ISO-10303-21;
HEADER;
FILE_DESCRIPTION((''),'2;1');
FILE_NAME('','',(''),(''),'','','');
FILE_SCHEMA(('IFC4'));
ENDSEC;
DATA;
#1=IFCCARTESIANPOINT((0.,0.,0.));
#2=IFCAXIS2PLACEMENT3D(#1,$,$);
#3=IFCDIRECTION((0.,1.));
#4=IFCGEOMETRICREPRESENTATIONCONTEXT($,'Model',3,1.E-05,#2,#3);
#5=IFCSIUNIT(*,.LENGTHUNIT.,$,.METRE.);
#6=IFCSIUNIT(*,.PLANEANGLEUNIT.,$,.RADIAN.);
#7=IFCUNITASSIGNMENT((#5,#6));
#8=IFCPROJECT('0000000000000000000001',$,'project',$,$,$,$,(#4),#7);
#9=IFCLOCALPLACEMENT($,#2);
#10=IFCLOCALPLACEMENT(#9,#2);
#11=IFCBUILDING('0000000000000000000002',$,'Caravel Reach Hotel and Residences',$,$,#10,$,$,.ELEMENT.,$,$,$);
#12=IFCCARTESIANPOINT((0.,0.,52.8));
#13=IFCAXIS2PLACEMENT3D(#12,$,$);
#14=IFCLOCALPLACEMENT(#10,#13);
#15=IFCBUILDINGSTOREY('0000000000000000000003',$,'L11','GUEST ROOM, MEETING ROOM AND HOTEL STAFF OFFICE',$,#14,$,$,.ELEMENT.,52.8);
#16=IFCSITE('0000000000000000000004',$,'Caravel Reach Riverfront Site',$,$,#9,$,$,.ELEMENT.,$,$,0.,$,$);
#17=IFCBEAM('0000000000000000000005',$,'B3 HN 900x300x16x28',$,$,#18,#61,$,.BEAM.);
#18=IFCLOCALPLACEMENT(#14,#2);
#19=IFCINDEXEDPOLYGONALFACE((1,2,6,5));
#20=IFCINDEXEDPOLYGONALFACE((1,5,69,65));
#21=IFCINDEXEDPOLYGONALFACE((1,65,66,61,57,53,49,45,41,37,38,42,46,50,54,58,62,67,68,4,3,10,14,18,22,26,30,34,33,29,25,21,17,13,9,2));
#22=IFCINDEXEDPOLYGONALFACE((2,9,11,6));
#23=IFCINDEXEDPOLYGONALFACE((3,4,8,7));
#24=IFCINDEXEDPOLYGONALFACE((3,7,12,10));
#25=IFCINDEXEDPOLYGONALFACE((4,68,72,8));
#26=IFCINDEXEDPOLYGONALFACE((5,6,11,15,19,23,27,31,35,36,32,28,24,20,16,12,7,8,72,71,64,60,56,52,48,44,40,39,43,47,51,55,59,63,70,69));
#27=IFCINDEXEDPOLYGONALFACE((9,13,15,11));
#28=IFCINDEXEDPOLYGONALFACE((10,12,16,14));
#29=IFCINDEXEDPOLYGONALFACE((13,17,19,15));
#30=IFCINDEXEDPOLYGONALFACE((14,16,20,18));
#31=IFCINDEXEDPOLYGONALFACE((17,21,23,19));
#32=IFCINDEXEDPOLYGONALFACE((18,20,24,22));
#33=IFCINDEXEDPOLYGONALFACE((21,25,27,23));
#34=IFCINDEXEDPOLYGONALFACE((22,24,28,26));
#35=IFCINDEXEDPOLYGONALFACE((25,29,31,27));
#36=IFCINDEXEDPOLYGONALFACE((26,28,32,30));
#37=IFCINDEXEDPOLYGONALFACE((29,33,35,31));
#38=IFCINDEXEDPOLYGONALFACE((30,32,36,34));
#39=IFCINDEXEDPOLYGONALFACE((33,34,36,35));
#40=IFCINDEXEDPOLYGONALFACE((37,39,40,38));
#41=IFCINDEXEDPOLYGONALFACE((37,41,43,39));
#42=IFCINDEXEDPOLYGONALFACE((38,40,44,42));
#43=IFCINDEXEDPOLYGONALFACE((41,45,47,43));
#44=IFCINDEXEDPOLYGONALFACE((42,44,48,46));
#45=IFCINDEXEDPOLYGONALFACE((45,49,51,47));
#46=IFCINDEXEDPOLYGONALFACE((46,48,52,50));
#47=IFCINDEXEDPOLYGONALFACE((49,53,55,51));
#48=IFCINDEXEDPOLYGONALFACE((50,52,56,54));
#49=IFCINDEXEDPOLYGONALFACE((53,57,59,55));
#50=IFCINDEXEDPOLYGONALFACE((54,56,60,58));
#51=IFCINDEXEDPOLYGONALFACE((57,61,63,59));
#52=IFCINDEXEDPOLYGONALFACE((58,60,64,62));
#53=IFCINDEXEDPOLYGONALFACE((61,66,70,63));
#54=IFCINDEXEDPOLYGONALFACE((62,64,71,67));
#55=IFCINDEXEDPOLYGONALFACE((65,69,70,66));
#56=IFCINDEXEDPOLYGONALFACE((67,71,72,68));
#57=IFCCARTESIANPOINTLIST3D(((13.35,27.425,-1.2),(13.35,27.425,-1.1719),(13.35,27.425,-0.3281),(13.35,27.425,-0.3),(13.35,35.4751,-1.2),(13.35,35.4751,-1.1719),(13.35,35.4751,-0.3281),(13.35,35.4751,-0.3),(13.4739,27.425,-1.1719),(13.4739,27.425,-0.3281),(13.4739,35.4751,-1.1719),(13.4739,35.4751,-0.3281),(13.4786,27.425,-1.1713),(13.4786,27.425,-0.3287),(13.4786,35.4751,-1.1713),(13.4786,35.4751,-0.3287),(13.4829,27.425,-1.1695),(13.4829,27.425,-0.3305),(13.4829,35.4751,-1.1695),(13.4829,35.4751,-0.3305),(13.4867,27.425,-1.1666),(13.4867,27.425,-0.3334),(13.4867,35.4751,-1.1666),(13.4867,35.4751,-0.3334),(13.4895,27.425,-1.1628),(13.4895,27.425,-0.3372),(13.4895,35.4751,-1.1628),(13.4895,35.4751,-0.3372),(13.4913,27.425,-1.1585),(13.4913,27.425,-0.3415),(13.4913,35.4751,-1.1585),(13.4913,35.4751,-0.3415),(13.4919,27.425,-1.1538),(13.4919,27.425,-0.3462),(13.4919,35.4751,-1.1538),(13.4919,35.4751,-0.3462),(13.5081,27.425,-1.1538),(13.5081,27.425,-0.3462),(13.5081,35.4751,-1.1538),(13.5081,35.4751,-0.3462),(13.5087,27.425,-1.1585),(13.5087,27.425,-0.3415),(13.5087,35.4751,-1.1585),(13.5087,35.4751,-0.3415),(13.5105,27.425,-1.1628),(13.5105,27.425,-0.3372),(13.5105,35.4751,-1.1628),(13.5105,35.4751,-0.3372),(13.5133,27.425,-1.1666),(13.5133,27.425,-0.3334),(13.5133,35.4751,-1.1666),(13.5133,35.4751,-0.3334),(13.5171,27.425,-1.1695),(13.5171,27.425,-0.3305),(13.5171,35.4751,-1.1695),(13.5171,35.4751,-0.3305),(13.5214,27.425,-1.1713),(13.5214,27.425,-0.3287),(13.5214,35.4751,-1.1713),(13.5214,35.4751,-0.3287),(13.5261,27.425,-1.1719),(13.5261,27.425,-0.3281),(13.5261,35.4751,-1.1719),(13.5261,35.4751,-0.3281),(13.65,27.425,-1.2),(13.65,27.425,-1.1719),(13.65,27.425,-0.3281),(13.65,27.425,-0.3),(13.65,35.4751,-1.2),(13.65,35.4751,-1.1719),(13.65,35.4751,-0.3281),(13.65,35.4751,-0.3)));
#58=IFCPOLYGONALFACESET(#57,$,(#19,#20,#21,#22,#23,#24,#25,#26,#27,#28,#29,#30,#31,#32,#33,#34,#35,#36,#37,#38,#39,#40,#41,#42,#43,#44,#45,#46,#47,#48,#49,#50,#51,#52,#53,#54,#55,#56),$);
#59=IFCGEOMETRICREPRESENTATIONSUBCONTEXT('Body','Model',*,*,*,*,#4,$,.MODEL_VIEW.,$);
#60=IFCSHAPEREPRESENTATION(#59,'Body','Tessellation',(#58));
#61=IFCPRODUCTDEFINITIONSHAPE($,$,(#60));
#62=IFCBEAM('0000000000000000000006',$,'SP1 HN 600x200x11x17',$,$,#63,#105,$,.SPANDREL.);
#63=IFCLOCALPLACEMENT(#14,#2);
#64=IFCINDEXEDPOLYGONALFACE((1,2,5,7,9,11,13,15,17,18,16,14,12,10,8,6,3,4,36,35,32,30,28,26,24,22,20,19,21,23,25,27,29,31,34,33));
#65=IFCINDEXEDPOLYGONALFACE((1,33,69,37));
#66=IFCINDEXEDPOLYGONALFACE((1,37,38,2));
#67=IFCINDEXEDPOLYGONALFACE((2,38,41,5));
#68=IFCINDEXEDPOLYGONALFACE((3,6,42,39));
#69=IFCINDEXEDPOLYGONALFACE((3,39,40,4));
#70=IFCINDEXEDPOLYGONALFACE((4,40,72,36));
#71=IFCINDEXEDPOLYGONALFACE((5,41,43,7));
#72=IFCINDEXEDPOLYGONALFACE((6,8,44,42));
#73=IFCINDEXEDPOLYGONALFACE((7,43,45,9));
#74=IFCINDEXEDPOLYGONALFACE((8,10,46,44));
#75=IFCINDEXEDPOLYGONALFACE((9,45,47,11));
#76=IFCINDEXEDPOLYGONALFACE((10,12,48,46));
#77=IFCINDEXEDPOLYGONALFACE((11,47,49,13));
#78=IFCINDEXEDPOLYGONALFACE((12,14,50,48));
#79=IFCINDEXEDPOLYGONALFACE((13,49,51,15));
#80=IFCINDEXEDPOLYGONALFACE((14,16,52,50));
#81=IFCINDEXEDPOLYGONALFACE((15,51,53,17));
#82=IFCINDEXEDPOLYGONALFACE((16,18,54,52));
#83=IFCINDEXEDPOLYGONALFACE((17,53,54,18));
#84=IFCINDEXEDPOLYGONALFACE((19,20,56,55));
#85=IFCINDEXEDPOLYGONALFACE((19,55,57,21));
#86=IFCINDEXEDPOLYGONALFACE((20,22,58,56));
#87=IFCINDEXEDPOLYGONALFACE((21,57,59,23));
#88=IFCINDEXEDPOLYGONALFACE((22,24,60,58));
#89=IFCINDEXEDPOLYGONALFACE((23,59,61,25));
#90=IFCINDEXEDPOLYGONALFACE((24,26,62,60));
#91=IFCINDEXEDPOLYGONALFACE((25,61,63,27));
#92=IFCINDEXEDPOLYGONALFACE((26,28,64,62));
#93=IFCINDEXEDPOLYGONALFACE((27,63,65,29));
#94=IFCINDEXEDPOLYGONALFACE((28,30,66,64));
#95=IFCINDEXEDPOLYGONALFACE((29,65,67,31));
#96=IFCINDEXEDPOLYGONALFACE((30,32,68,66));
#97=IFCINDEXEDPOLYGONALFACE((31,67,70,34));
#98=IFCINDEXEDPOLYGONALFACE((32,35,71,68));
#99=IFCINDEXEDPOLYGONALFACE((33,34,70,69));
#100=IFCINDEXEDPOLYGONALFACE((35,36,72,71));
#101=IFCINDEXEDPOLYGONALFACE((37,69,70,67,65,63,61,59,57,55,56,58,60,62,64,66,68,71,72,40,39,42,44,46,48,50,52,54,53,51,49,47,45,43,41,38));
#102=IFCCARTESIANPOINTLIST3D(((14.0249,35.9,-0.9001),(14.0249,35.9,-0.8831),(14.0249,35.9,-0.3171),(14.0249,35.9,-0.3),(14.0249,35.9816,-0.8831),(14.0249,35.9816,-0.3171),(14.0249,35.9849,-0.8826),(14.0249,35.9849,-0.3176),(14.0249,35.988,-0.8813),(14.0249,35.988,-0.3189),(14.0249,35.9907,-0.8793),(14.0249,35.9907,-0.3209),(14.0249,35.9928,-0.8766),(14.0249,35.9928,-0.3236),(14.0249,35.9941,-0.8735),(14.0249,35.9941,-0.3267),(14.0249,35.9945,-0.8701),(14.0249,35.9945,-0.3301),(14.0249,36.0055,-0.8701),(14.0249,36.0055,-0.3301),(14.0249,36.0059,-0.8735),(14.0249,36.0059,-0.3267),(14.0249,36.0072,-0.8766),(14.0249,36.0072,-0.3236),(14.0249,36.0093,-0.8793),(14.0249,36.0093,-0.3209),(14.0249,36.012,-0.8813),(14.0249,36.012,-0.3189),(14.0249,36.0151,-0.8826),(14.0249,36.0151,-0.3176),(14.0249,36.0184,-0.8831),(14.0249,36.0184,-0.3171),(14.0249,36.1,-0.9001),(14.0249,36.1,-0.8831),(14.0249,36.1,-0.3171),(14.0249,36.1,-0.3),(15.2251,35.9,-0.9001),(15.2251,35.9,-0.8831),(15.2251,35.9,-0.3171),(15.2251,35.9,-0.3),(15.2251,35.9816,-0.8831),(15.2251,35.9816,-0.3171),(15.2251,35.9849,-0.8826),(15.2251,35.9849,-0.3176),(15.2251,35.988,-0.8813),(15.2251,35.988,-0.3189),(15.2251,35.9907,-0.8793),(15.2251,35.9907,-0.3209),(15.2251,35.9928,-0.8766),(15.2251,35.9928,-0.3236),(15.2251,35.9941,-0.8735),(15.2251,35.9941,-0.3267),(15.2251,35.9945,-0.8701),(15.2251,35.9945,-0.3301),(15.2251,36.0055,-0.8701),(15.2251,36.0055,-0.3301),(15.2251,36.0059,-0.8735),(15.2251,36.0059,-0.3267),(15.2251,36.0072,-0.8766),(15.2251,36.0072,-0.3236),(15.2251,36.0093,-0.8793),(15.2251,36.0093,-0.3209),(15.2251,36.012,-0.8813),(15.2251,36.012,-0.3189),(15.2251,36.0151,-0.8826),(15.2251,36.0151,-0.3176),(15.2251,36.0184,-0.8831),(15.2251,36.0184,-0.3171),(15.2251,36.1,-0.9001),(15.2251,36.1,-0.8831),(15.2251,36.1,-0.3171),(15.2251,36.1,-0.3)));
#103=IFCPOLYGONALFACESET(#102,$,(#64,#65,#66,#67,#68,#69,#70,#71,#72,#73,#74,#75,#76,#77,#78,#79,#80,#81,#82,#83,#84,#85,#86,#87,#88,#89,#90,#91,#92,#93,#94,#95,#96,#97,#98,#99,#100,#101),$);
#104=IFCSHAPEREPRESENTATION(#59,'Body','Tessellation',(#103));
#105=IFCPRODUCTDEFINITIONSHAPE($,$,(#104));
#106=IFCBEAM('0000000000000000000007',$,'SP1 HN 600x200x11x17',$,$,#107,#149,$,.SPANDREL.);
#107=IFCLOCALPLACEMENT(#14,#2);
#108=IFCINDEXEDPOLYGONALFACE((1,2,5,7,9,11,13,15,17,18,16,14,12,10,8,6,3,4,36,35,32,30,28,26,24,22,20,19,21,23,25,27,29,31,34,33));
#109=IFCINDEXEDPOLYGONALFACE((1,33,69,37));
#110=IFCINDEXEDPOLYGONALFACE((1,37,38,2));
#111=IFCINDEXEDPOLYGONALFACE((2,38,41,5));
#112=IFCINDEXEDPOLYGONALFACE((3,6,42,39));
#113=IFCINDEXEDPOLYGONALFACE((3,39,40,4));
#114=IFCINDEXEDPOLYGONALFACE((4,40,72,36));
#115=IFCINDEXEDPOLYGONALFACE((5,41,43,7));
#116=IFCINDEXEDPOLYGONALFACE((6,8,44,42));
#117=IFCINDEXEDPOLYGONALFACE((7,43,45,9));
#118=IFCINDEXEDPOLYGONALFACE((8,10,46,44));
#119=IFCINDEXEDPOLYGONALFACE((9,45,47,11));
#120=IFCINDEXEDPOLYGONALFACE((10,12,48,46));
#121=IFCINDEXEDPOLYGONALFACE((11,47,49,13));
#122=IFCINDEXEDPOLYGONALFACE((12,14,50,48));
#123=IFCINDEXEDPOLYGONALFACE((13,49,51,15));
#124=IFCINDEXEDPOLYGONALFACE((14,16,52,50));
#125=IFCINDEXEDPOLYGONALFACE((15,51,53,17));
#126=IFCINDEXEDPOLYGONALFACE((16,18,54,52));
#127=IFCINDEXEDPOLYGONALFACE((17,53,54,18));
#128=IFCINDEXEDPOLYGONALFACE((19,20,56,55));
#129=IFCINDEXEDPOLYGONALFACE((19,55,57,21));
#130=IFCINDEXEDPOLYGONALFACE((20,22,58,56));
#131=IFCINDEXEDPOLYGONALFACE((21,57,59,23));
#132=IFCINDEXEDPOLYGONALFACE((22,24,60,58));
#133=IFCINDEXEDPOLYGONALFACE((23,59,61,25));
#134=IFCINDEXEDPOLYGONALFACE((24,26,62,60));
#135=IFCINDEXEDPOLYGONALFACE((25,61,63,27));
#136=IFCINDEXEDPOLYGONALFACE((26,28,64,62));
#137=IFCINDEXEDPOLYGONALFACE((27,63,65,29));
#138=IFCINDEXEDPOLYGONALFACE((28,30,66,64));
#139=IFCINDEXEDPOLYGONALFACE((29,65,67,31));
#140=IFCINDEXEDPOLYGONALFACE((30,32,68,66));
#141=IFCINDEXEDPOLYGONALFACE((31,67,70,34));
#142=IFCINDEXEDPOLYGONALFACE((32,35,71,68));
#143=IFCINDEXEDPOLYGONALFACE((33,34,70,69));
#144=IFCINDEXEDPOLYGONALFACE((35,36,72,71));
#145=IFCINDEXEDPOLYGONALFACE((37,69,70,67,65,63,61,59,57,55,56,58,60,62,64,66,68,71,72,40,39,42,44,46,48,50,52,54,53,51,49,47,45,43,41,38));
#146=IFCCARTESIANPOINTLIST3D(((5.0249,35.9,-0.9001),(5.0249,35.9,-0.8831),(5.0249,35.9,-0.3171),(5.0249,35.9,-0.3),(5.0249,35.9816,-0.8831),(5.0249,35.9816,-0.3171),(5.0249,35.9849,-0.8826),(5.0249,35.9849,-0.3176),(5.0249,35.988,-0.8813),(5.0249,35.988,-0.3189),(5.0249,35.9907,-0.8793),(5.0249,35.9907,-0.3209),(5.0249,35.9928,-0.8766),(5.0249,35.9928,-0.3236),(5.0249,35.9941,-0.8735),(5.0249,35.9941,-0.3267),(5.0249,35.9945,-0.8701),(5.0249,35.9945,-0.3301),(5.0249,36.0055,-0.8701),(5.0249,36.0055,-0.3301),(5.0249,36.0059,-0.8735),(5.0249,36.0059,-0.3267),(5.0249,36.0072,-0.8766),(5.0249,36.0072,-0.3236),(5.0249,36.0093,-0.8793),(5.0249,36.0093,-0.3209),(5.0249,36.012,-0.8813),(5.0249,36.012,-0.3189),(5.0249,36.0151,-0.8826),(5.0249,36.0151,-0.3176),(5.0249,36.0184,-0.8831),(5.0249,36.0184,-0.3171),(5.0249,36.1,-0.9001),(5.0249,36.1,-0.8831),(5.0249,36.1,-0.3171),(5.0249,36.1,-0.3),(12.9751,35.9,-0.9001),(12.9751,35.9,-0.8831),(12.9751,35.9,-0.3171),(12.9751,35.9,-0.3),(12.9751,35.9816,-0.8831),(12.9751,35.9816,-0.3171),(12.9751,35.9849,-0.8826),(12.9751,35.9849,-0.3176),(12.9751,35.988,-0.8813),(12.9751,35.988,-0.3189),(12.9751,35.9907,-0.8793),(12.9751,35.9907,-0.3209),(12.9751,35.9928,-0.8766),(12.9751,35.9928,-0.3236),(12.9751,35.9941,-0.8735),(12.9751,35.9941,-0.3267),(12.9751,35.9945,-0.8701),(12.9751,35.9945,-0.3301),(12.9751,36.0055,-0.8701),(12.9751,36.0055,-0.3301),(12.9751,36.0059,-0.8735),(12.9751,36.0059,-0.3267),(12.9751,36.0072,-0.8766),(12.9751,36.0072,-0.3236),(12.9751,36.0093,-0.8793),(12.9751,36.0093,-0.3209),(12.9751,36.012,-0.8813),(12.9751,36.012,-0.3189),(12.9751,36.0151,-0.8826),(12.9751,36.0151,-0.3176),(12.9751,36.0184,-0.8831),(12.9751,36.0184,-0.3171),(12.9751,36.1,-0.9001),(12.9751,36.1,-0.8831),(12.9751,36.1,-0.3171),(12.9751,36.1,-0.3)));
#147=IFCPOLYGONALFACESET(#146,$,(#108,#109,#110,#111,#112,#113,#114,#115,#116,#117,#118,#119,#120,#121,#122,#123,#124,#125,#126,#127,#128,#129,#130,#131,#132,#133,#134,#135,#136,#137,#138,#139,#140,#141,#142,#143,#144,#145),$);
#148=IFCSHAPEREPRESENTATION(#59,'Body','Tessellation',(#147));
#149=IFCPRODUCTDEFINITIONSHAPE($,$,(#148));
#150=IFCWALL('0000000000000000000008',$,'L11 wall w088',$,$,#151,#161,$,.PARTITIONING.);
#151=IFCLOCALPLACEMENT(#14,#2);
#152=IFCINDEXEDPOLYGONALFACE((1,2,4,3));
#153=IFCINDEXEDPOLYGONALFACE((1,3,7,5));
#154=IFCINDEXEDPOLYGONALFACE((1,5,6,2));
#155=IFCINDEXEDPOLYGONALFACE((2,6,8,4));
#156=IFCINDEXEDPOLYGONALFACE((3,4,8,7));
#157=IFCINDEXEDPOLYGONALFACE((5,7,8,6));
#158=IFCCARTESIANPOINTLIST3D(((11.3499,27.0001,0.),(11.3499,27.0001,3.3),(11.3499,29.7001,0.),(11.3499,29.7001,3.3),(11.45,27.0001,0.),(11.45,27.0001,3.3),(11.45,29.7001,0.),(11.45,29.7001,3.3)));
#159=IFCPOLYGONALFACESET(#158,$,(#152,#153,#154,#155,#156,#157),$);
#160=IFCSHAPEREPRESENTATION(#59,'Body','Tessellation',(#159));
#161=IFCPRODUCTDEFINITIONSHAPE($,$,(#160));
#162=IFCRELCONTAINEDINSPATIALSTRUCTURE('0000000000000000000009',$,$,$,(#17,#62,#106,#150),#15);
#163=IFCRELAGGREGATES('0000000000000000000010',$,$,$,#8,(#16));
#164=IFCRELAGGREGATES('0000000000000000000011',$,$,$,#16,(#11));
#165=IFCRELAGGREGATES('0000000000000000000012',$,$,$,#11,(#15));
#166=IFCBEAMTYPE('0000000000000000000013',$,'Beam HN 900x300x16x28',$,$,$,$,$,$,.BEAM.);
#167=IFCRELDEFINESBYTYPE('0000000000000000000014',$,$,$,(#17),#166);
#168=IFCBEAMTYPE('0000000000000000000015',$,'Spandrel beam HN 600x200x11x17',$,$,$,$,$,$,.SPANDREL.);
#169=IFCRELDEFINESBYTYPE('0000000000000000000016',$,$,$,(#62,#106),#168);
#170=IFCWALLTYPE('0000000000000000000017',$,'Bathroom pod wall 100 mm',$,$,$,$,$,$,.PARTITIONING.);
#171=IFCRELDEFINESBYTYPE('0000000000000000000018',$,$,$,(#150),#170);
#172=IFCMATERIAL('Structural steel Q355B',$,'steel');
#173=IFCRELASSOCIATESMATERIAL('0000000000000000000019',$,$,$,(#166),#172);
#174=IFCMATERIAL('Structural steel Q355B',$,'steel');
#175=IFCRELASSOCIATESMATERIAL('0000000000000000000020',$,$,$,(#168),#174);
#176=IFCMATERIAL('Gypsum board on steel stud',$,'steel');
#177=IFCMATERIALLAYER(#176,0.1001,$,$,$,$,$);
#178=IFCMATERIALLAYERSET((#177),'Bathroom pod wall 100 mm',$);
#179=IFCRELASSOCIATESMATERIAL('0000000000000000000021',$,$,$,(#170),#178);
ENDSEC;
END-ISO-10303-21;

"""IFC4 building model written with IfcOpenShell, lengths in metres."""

from ifc_helpers import new_model, si_unit, direction, frame, frame_2d, origin, origin_2d, place, context, subcontext, project, spatial, rectangle, i_section, extrude, material, layer, layer_set, material_profile, profile_set, type_object, element, save


model = new_model("IFC4")

# Units and contexts
model_context = context("Model", 3, precision=1e-05, world=origin(), true_north=direction((0.0, 1.0)))
body_context = subcontext(model_context, "Body", "Model", "MODEL_VIEW")
ifc_project = project(units=[si_unit("LENGTHUNIT", "METRE"), si_unit("PLANEANGLEUNIT", "RADIAN")], contexts=[model_context])

# Site, building, storey
site_placement = place(None, origin())
site = spatial("IfcSite", under=ifc_project, at=site_placement, Name="Caravel Reach Riverfront Site", CompositionType="ELEMENT", RefElevation=0.0)
building_placement = place(site_placement, origin())
building = spatial("IfcBuilding", under=site, at=building_placement, Name="Caravel Reach Hotel and Residences", CompositionType="ELEMENT")
storey_placement = place(building_placement, frame((0.0, 0.0, 52.8)))
storey = spatial("IfcBuildingStorey", under=building, at=storey_placement, Name="L11", Description="GUEST ROOM, MEETING ROOM AND HOTEL STAFF OFFICE", CompositionType="ELEMENT", Elevation=52.8)

# Beams
ifc_material_1 = material(Name="Structural steel Q355B", Category="steel")
ifc_material_profile_1 = material_profile(ifc_material_1, i_section(OverallWidth=0.3, OverallDepth=0.8999, WebThickness=0.0161, FlangeThickness=0.0281, FilletRadius=0.0181, at=origin_2d()), Name="HN 900x300x16x28")
ifc_profile_set_1 = profile_set([ifc_material_profile_1], Name="Structural steel Q355B")
beam_type_1 = type_object("IfcBeamType", Name="Beam HN 900x300x16x28", PredefinedType="BEAM", material=ifc_profile_set_1)
beam_1_placement = place(storey_placement, frame((13.5, 27.425, -0.75), z_axis=(0.0, 1.0, 0.0), x_axis=(-1.0, 0.0, 0.0)))
element("IfcBeam", 1, at=beam_1_placement, inside=storey, type_object=beam_type_1, Name="B3 HN 900x300x16x28", PredefinedType="BEAM", context=body_context, shape_type="SweptSolid", body=[
    extrude(i_section(OverallWidth=0.3, OverallDepth=0.8999, WebThickness=0.0161, FlangeThickness=0.0281, FilletRadius=0.0181, at=origin_2d()), origin(), (0.0, 0.0, 1.0), 8.05),
])
ifc_material_2 = material(Name="Structural steel Q355B", Category="steel")
ifc_material_profile_2 = material_profile(ifc_material_2, i_section(OverallWidth=0.2, OverallDepth=0.6001, WebThickness=0.011, FlangeThickness=0.0171, FilletRadius=0.0129, at=origin_2d()), Name="HN 600x200x11x17")
ifc_profile_set_2 = profile_set([ifc_material_profile_2], Name="Structural steel Q355B")
beam_type_2 = type_object("IfcBeamType", Name="Spandrel beam HN 600x200x11x17", PredefinedType="SPANDREL", material=ifc_profile_set_2)
beam_2_placement = place(storey_placement, frame((15.2251, 36.0, -0.6001), z_axis=(-1.0, 0.0, 0.0), x_axis=(0.0, -1.0, 0.0)))
element("IfcBeam", 2, at=beam_2_placement, inside=storey, type_object=beam_type_2, Name="SP1 HN 600x200x11x17", PredefinedType="SPANDREL", context=body_context, shape_type="SweptSolid", body=[
    extrude(i_section(OverallWidth=0.2, OverallDepth=0.6001, WebThickness=0.011, FlangeThickness=0.0171, FilletRadius=0.0129, at=origin_2d()), origin(), (0.0, 0.0, 1.0), 1.2002),
])
beam_3_placement = place(storey_placement, frame((12.9751, 36.0, -0.6001), z_axis=(-1.0, 0.0, 0.0), x_axis=(0.0, -1.0, 0.0)))
element("IfcBeam", 3, at=beam_3_placement, inside=storey, type_object=beam_type_2, Name="SP1 HN 600x200x11x17", PredefinedType="SPANDREL", context=body_context, shape_type="SweptSolid", body=[
    extrude(i_section(OverallWidth=0.2, OverallDepth=0.6001, WebThickness=0.011, FlangeThickness=0.0171, FilletRadius=0.0129, at=origin_2d()), origin(), (0.0, 0.0, 1.0), 7.9502),
])

# Wall
ifc_material_3 = material(Name="Gypsum board on steel stud", Category="steel")
ifc_layer_1 = layer(ifc_material_3, 0.1001)
ifc_layer_set_1 = layer_set([ifc_layer_1], Name="Bathroom pod wall 100 mm")
wall_type_1 = type_object("IfcWallType", Name="Bathroom pod wall 100 mm", PredefinedType="PARTITIONING", material=ifc_layer_set_1)
wall_1_placement = place(storey_placement, frame((11.3999, 27.0, 0.0), z_axis=(0.0, 0.0, 1.0), x_axis=(0.0, 1.0, 0.0)))
element("IfcWall", 4, at=wall_1_placement, inside=storey, type_object=wall_type_1, Name="L11 wall w088", PredefinedType="PARTITIONING", context=body_context, shape_type="SweptSolid", body=[
    extrude(rectangle(XDim=2.7, YDim=0.1001, at=frame_2d((1.3501, 0.0))), origin(), (0.0, 0.0, 1.0), 3.3),
])

save(model, "model.ifc")
